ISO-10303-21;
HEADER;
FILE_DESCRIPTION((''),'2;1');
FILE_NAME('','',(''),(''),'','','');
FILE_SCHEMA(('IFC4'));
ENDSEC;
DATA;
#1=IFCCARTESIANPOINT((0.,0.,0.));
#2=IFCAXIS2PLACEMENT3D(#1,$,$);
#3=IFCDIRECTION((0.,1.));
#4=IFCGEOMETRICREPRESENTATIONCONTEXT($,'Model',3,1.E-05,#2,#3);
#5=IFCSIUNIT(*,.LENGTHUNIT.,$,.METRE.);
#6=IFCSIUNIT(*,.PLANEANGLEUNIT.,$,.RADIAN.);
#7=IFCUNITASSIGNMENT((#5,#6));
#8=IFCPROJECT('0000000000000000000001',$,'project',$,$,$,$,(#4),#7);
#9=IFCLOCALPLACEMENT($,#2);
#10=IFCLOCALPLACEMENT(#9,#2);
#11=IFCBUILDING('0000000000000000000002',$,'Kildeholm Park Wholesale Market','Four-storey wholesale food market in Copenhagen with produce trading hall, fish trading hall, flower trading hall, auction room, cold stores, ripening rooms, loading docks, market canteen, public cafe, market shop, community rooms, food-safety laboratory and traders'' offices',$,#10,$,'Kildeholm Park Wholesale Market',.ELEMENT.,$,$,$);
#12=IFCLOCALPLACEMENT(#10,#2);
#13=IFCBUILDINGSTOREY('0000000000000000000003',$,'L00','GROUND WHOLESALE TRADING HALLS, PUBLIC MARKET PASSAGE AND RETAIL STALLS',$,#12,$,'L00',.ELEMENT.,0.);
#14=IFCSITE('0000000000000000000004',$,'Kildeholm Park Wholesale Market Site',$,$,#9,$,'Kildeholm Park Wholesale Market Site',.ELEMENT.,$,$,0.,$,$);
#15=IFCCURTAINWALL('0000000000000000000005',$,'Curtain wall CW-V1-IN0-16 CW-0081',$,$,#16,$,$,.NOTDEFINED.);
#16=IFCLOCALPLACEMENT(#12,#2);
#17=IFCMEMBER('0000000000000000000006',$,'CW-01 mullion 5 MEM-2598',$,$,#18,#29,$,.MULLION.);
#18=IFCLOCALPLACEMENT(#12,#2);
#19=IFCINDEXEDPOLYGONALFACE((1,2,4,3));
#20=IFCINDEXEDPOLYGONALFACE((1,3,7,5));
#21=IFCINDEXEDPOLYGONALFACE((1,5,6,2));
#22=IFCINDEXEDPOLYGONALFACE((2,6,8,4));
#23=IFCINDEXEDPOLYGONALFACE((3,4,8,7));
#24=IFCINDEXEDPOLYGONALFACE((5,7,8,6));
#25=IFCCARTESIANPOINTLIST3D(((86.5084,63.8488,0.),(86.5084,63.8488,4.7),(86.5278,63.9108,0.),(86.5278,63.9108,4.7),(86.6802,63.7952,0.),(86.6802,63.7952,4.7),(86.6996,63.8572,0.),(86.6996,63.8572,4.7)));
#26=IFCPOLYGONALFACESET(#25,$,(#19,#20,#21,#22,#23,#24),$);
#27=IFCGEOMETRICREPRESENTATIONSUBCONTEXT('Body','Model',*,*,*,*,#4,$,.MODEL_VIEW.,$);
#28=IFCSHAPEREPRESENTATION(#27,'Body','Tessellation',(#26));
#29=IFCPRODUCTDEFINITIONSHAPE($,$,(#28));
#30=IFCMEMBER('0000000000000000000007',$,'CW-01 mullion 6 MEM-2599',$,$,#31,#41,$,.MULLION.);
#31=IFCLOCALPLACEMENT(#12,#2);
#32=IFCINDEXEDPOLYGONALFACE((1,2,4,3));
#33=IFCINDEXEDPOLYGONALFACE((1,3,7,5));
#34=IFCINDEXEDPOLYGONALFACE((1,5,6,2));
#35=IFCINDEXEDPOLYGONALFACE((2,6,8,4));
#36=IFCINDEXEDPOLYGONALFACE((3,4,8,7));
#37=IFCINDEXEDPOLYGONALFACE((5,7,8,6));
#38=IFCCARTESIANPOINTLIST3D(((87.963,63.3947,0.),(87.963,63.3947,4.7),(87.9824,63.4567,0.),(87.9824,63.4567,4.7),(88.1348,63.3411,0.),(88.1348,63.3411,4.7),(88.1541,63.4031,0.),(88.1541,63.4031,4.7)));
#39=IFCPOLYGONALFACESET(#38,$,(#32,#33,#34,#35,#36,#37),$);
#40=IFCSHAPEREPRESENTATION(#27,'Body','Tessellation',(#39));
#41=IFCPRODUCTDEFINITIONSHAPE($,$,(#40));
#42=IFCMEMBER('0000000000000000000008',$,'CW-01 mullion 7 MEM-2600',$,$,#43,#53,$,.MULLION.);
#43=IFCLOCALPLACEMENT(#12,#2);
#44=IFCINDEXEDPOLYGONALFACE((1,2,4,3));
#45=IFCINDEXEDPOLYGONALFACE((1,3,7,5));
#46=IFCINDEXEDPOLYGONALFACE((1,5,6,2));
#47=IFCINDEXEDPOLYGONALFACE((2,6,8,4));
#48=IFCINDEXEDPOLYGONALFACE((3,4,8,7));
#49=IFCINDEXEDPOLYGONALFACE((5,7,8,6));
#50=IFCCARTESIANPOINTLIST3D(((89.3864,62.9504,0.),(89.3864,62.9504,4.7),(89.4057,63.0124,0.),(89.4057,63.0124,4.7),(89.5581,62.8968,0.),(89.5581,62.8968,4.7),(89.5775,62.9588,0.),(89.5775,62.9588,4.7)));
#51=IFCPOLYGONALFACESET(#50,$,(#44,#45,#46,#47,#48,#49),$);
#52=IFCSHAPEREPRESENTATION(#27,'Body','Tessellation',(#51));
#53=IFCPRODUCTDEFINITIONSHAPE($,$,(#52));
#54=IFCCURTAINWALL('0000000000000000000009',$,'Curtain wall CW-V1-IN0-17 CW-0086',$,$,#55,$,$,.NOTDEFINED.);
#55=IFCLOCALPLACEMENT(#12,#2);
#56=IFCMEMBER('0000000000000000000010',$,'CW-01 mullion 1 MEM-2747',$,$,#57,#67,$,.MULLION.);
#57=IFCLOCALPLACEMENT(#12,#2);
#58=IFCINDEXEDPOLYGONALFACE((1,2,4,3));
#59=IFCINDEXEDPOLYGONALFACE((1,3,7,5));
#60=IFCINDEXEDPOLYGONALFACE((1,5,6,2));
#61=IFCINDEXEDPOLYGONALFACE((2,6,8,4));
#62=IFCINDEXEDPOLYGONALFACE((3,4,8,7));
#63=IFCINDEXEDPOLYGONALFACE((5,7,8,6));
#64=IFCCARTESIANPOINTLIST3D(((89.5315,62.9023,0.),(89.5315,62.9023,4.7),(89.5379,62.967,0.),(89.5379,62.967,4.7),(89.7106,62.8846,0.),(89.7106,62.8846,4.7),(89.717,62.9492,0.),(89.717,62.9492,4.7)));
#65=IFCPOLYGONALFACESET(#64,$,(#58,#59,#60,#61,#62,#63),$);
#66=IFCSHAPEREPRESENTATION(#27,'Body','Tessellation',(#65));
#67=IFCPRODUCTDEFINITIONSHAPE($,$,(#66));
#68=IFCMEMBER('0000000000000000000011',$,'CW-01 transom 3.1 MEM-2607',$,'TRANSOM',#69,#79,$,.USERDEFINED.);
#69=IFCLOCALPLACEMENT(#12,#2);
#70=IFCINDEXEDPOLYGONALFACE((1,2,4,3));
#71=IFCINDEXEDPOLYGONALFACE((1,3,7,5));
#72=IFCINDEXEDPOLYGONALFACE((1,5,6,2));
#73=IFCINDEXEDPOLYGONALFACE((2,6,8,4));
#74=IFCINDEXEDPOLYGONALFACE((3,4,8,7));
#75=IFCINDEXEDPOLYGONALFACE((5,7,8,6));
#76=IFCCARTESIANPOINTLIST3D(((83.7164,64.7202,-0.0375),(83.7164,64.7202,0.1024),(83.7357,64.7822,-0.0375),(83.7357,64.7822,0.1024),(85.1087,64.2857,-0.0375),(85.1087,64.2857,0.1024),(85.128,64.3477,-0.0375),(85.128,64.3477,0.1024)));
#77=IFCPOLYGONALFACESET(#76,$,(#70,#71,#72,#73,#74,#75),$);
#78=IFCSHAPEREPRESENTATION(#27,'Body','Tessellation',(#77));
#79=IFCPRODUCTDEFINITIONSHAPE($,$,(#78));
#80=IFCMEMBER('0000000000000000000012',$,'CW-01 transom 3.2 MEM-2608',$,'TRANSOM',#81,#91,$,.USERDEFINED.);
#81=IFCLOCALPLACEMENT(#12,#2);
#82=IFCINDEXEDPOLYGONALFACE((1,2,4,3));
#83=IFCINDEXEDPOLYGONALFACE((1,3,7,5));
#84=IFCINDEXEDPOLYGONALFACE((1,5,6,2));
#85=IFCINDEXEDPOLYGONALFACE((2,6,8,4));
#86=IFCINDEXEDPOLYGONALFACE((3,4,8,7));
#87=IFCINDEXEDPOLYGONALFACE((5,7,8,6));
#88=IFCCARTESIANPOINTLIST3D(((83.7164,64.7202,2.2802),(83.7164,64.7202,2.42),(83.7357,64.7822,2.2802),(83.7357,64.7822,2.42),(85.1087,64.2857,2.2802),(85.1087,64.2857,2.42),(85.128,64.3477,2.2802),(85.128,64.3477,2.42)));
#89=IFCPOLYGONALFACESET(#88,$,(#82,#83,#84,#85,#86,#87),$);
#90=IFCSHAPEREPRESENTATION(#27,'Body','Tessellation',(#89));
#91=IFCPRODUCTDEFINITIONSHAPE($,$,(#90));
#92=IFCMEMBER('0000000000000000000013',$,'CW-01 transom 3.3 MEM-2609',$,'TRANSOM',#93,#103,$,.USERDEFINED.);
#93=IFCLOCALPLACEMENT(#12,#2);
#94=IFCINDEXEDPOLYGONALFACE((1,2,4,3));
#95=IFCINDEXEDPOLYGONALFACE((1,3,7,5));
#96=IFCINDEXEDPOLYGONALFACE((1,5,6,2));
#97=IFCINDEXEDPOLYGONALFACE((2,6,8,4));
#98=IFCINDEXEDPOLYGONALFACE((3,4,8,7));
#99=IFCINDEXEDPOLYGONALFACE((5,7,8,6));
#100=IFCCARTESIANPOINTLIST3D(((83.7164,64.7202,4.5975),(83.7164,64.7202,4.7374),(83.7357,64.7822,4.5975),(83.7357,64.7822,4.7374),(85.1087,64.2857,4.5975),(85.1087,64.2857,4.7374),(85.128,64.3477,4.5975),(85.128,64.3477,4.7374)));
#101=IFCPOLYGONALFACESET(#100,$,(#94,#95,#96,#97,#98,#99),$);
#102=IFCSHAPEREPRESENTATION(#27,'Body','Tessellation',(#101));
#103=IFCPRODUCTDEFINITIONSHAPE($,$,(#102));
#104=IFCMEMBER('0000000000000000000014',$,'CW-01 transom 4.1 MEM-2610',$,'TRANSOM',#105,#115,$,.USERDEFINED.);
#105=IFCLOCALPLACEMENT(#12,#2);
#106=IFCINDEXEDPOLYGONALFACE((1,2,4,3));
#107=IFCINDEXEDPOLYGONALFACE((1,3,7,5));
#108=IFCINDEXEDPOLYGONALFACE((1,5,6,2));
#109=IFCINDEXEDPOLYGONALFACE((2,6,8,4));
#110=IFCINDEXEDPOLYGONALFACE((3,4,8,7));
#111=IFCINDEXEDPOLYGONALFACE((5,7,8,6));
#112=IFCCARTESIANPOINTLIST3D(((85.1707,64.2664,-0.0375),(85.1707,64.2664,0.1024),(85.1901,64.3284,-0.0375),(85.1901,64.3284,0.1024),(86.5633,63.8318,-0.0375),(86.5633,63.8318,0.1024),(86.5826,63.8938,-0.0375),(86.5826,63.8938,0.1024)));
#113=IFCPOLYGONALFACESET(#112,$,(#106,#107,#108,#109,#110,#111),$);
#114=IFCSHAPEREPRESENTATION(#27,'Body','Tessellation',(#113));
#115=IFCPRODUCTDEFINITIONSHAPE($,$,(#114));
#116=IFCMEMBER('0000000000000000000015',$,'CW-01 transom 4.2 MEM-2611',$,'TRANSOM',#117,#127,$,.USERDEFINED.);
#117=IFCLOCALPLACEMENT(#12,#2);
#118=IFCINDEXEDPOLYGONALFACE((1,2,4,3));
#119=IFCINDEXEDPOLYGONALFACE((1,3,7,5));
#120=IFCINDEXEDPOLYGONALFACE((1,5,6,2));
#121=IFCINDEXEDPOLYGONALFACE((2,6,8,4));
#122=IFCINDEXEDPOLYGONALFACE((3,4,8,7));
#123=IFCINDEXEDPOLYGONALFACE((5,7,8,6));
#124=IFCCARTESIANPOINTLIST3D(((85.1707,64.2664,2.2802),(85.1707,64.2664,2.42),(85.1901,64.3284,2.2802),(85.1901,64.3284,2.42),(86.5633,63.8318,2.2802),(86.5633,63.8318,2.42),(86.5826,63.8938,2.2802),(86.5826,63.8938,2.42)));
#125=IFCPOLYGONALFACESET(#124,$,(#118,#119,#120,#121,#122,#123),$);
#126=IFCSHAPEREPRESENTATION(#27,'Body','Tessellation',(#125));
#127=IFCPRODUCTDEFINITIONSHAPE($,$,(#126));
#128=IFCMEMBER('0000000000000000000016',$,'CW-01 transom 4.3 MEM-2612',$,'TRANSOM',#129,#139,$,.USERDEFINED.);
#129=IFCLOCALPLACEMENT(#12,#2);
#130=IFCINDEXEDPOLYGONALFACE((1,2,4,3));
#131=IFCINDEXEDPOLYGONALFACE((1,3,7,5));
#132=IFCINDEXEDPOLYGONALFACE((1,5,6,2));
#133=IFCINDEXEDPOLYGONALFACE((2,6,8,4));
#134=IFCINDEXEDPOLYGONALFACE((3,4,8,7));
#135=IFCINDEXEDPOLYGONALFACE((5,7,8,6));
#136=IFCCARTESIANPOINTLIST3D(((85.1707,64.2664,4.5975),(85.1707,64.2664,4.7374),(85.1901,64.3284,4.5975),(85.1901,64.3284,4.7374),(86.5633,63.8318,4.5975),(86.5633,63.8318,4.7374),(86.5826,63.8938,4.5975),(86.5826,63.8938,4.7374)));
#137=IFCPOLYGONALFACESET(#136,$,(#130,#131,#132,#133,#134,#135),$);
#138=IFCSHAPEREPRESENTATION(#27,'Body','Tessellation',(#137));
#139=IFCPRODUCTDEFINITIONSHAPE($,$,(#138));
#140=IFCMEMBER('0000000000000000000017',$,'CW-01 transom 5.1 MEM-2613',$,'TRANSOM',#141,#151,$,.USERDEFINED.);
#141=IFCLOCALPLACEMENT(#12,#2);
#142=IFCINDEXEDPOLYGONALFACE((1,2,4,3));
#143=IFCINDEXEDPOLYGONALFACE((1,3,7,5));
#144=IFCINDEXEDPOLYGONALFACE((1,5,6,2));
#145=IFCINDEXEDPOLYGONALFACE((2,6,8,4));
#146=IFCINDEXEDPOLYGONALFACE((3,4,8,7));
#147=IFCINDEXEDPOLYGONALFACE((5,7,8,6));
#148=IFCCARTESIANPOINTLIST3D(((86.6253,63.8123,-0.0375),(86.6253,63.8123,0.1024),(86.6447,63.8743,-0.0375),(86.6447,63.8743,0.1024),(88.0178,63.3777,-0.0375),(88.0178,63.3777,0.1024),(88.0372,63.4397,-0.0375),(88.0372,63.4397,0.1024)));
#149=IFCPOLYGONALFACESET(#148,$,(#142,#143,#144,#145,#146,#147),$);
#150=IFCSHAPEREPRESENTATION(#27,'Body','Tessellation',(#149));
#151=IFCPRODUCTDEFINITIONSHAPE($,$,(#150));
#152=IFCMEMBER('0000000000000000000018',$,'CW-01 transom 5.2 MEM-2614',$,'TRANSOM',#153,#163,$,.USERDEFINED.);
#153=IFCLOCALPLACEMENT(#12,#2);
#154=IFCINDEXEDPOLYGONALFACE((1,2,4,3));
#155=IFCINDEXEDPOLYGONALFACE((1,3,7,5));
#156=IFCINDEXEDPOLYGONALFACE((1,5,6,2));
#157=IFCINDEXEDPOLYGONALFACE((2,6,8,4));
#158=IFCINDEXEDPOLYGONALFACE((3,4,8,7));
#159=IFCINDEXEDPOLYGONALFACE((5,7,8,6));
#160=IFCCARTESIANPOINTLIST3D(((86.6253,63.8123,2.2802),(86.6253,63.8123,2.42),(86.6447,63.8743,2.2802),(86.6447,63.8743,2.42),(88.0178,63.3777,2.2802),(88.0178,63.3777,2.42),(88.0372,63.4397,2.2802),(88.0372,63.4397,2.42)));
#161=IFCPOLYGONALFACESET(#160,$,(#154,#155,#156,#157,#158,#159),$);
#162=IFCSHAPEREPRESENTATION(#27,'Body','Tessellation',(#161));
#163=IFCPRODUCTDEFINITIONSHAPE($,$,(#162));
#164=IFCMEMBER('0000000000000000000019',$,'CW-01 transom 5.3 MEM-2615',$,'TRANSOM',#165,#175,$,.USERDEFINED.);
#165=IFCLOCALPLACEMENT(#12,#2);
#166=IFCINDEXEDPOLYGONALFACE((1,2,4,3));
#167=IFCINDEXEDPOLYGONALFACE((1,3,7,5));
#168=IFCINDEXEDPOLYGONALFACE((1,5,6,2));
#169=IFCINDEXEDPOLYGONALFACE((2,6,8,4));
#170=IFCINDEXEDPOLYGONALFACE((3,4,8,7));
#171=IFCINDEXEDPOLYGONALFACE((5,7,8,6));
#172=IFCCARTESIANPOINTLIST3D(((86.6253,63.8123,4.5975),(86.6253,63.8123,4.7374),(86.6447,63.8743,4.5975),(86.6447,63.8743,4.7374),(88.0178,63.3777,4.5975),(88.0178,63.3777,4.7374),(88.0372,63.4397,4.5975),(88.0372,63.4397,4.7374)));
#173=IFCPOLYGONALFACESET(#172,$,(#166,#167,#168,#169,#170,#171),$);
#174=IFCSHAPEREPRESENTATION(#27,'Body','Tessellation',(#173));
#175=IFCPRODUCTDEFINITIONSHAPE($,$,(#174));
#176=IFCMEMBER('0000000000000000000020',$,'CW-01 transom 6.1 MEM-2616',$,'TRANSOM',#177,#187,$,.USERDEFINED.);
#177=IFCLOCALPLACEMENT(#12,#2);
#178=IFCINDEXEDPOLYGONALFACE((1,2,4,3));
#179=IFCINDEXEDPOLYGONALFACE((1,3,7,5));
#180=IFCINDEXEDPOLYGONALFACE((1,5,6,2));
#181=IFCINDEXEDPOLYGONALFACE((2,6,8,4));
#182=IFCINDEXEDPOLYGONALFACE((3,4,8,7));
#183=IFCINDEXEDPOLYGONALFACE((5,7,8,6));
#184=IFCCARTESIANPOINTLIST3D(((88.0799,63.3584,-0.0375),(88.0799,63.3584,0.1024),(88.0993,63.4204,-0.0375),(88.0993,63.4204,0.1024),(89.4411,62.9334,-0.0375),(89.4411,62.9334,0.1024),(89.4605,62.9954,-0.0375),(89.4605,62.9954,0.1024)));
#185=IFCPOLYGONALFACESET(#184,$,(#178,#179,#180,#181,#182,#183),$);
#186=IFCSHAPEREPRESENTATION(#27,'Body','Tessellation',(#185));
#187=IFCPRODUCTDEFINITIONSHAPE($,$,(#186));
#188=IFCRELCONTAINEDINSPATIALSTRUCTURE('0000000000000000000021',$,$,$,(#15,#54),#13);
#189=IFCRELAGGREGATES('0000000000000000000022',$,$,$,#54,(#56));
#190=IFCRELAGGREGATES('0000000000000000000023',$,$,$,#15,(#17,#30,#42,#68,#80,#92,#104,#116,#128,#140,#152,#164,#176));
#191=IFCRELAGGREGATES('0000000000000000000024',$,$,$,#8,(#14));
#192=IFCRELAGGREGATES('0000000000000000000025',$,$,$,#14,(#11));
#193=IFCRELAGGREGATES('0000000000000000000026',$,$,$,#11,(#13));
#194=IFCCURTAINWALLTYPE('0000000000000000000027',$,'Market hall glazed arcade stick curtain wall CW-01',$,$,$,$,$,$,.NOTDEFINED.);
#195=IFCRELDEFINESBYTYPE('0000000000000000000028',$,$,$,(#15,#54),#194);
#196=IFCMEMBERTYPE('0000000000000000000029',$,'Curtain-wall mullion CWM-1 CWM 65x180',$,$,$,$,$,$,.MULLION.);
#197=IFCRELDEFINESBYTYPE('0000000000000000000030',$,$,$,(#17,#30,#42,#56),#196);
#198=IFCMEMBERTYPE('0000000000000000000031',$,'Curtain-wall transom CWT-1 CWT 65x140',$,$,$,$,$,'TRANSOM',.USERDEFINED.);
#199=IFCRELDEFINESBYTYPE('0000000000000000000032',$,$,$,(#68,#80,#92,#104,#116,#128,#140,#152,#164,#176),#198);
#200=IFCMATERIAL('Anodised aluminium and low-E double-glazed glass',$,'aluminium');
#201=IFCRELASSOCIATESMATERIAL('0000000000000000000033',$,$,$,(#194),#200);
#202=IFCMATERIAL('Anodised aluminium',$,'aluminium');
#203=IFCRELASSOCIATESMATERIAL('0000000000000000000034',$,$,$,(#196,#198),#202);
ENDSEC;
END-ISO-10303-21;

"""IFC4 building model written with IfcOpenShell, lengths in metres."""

from ifc_helpers import new_model, si_unit, direction, frame, origin, origin_2d, place, context, subcontext, project, spatial, rectangle, extrude, material, material_profile, profile_set, type_object, element, aggregate, save


model = new_model("IFC4")

# Units and contexts
model_context = context("Model", 3, precision=1e-05, world=origin(), true_north=direction((0.0, 1.0)))
body_context = subcontext(model_context, "Body", "Model", "MODEL_VIEW")
ifc_project = project(units=[si_unit("LENGTHUNIT", "METRE"), si_unit("PLANEANGLEUNIT", "RADIAN")], contexts=[model_context])

# Site, building, storey
site_placement = place(None, origin())
site = spatial("IfcSite", under=ifc_project, at=site_placement, Name="Kildeholm Park Wholesale Market Site", LongName="Kildeholm Park Wholesale Market Site", CompositionType="ELEMENT", RefElevation=0.0)
building_placement = place(site_placement, origin())
building = spatial("IfcBuilding", under=site, at=building_placement, Name="Kildeholm Park Wholesale Market", Description="Four-storey wholesale food market in Copenhagen with produce trading hall, fish trading hall, flower trading hall, auction room, cold stores, ripening rooms, loading docks, market canteen, public cafe, market shop, community rooms, food-safety laboratory and traders' offices", LongName="Kildeholm Park Wholesale Market", CompositionType="ELEMENT")
storey_placement = place(building_placement, origin())
storey = spatial("IfcBuildingStorey", under=building, at=storey_placement, Name="L00", Description="GROUND WHOLESALE TRADING HALLS, PUBLIC MARKET PASSAGE AND RETAIL STALLS", LongName="L00", CompositionType="ELEMENT", Elevation=0.0)

# Curtain wall, members
ifc_material_1 = material(Name="Anodised aluminium and low-E double-glazed glass", Category="aluminium")
curtain_wall_type = type_object("IfcCurtainWallType", Name="Market hall glazed arcade stick curtain wall CW-01", PredefinedType="NOTDEFINED", material=ifc_material_1)
curtain_wall_1_placement = place(storey_placement, origin())
curtain_wall_1 = element("IfcCurtainWall", 1, at=curtain_wall_1_placement, inside=storey, type_object=curtain_wall_type, Name="Curtain wall CW-V1-IN0-16 CW-0081", PredefinedType="NOTDEFINED")
ifc_material_2 = material(Name="Anodised aluminium", Category="aluminium")
ifc_material_profile_1 = material_profile(ifc_material_2, rectangle(XDim=0.0649, YDim=0.1799, at=origin_2d()), Name="CWM 65x180")
ifc_profile_set_1 = profile_set([ifc_material_profile_1], Name="Anodised aluminium")
member_type_1 = type_object("IfcMemberType", Name="Curtain-wall mullion CWM-1 CWM 65x180", PredefinedType="MULLION", material=ifc_profile_set_1)
member_1_placement = place(storey_placement, frame((86.604, 63.853, 0.0), z_axis=(0.0, 0.0, 1.0), x_axis=(0.297957, 0.954579, 0.0)))
member_1 = element("IfcMember", 2, at=member_1_placement, type_object=member_type_1, Name="CW-01 mullion 5 MEM-2598", PredefinedType="MULLION", context=body_context, shape_type="SweptSolid", body=[
    extrude(rectangle(XDim=0.0649, YDim=0.1799, at=origin_2d()), origin(), (0.0, 0.0, 1.0), 4.7),
])
member_2_placement = place(storey_placement, frame((88.0586, 63.3989, 0.0), z_axis=(0.0, 0.0, 1.0), x_axis=(0.297957, 0.954579, 0.0)))
member_2 = element("IfcMember", 3, at=member_2_placement, type_object=member_type_1, Name="CW-01 mullion 6 MEM-2599", PredefinedType="MULLION", context=body_context, shape_type="SweptSolid", body=[
    extrude(rectangle(XDim=0.0649, YDim=0.1799, at=origin_2d()), origin(), (0.0, 0.0, 1.0), 4.7),
])
member_3_placement = place(storey_placement, frame((89.4819, 62.9546, 0.0), z_axis=(0.0, 0.0, 1.0), x_axis=(0.297957, 0.954579, 0.0)))
member_3 = element("IfcMember", 4, at=member_3_placement, type_object=member_type_1, Name="CW-01 mullion 7 MEM-2600", PredefinedType="MULLION", context=body_context, shape_type="SweptSolid", body=[
    extrude(rectangle(XDim=0.0649, YDim=0.1799, at=origin_2d()), origin(), (0.0, 0.0, 1.0), 4.7),
])

# Curtain wall, member
curtain_wall_2_placement = place(storey_placement, origin())
curtain_wall_2 = element("IfcCurtainWall", 5, at=curtain_wall_2_placement, inside=storey, type_object=curtain_wall_type, Name="Curtain wall CW-V1-IN0-17 CW-0086", PredefinedType="NOTDEFINED")
member_4_placement = place(storey_placement, frame((89.6243, 62.9258, 0.0), z_axis=(0.0, 0.0, 1.0), x_axis=(0.098683, 0.995119, 0.0)))
member_4 = element("IfcMember", 6, at=member_4_placement, type_object=member_type_1, Name="CW-01 mullion 1 MEM-2747", PredefinedType="MULLION", context=body_context, shape_type="SweptSolid", body=[
    extrude(rectangle(XDim=0.0649, YDim=0.1799, at=origin_2d()), origin(), (0.0, 0.0, 1.0), 4.7),
])

# Members
ifc_material_profile_2 = material_profile(ifc_material_2, rectangle(XDim=0.0649, YDim=0.1399, at=origin_2d()), Name="CWT 65x140")
ifc_profile_set_2 = profile_set([ifc_material_profile_2], Name="Anodised aluminium")
member_type_2 = type_object("IfcMemberType", Name="Curtain-wall transom CWT-1 CWT 65x140", ElementType="TRANSOM", PredefinedType="USERDEFINED", material=ifc_profile_set_2)
member_5_placement = place(storey_placement, frame((83.7261, 64.7512, 0.0325), z_axis=(0.954584, -0.297941, 0.0), x_axis=(0.297941, 0.954584, 0.0)))
member_5 = element("IfcMember", 7, at=member_5_placement, type_object=member_type_2, Name="CW-01 transom 3.1 MEM-2607", ObjectType="TRANSOM", PredefinedType="USERDEFINED", context=body_context, shape_type="SweptSolid", body=[
    extrude(rectangle(XDim=0.0649, YDim=0.1399, at=origin_2d()), origin(), (0.0, 0.0, 1.0), 1.4585),
])
member_6_placement = place(storey_placement, frame((83.7261, 64.7512, 2.3501), z_axis=(0.954584, -0.297941, 0.0), x_axis=(0.297941, 0.954584, 0.0)))
member_6 = element("IfcMember", 8, at=member_6_placement, type_object=member_type_2, Name="CW-01 transom 3.2 MEM-2608", ObjectType="TRANSOM", PredefinedType="USERDEFINED", context=body_context, shape_type="SweptSolid", body=[
    extrude(rectangle(XDim=0.0649, YDim=0.1399, at=origin_2d()), origin(), (0.0, 0.0, 1.0), 1.4585),
])
member_7_placement = place(storey_placement, frame((83.7261, 64.7512, 4.6675), z_axis=(0.954584, -0.297941, 0.0), x_axis=(0.297941, 0.954584, 0.0)))
member_7 = element("IfcMember", 9, at=member_7_placement, type_object=member_type_2, Name="CW-01 transom 3.3 MEM-2609", ObjectType="TRANSOM", PredefinedType="USERDEFINED", context=body_context, shape_type="SweptSolid", body=[
    extrude(rectangle(XDim=0.0649, YDim=0.1399, at=origin_2d()), origin(), (0.0, 0.0, 1.0), 1.4585),
])
member_8_placement = place(storey_placement, frame((85.1804, 64.2974, 0.0325), z_axis=(0.954599, -0.297894, 0.0), x_axis=(0.297894, 0.954599, 0.0)))
member_8 = element("IfcMember", 10, at=member_8_placement, type_object=member_type_2, Name="CW-01 transom 4.1 MEM-2610", ObjectType="TRANSOM", PredefinedType="USERDEFINED", context=body_context, shape_type="SweptSolid", body=[
    extrude(rectangle(XDim=0.0649, YDim=0.1399, at=origin_2d()), origin(), (0.0, 0.0, 1.0), 1.4587),
])
member_9_placement = place(storey_placement, frame((85.1804, 64.2974, 2.3501), z_axis=(0.954599, -0.297894, 0.0), x_axis=(0.297894, 0.954599, 0.0)))
member_9 = element("IfcMember", 11, at=member_9_placement, type_object=member_type_2, Name="CW-01 transom 4.2 MEM-2611", ObjectType="TRANSOM", PredefinedType="USERDEFINED", context=body_context, shape_type="SweptSolid", body=[
    extrude(rectangle(XDim=0.0649, YDim=0.1399, at=origin_2d()), origin(), (0.0, 0.0, 1.0), 1.4587),
])
member_10_placement = place(storey_placement, frame((85.1804, 64.2974, 4.6675), z_axis=(0.954599, -0.297894, 0.0), x_axis=(0.297894, 0.954599, 0.0)))
member_10 = element("IfcMember", 12, at=member_10_placement, type_object=member_type_2, Name="CW-01 transom 4.3 MEM-2612", ObjectType="TRANSOM", PredefinedType="USERDEFINED", context=body_context, shape_type="SweptSolid", body=[
    extrude(rectangle(XDim=0.0649, YDim=0.1399, at=origin_2d()), origin(), (0.0, 0.0, 1.0), 1.4587),
])
member_11_placement = place(storey_placement, frame((86.635, 63.8433, 0.0325), z_axis=(0.954599, -0.297894, 0.0), x_axis=(0.297894, 0.954599, 0.0)))
member_11 = element("IfcMember", 13, at=member_11_placement, type_object=member_type_2, Name="CW-01 transom 5.1 MEM-2613", ObjectType="TRANSOM", PredefinedType="USERDEFINED", context=body_context, shape_type="SweptSolid", body=[
    extrude(rectangle(XDim=0.0649, YDim=0.1399, at=origin_2d()), origin(), (0.0, 0.0, 1.0), 1.4587),
])
member_12_placement = place(storey_placement, frame((86.635, 63.8433, 2.3501), z_axis=(0.954599, -0.297894, 0.0), x_axis=(0.297894, 0.954599, 0.0)))
member_12 = element("IfcMember", 14, at=member_12_placement, type_object=member_type_2, Name="CW-01 transom 5.2 MEM-2614", ObjectType="TRANSOM", PredefinedType="USERDEFINED", context=body_context, shape_type="SweptSolid", body=[
    extrude(rectangle(XDim=0.0649, YDim=0.1399, at=origin_2d()), origin(), (0.0, 0.0, 1.0), 1.4587),
])
member_13_placement = place(storey_placement, frame((86.635, 63.8433, 4.6675), z_axis=(0.954599, -0.297894, 0.0), x_axis=(0.297894, 0.954599, 0.0)))
member_13 = element("IfcMember", 15, at=member_13_placement, type_object=member_type_2, Name="CW-01 transom 5.3 MEM-2615", ObjectType="TRANSOM", PredefinedType="USERDEFINED", context=body_context, shape_type="SweptSolid", body=[
    extrude(rectangle(XDim=0.0649, YDim=0.1399, at=origin_2d()), origin(), (0.0, 0.0, 1.0), 1.4587),
])
member_14_placement = place(storey_placement, frame((88.0896, 63.3894, 0.0325), z_axis=(0.954553, -0.298041, 0.0), x_axis=(0.298041, 0.954553, 0.0)))
member_14 = element("IfcMember", 16, at=member_14_placement, type_object=member_type_2, Name="CW-01 transom 6.1 MEM-2616", ObjectType="TRANSOM", PredefinedType="USERDEFINED", context=body_context, shape_type="SweptSolid", body=[
    extrude(rectangle(XDim=0.0649, YDim=0.1399, at=origin_2d()), origin(), (0.0, 0.0, 1.0), 1.426),
])
aggregate(curtain_wall_2, [member_4])

aggregate(curtain_wall_1, [member_1, member_2, member_3, member_5, member_6, member_7, member_8, member_9, member_10, member_11, member_12, member_13, member_14])

save(model, "model.ifc")
